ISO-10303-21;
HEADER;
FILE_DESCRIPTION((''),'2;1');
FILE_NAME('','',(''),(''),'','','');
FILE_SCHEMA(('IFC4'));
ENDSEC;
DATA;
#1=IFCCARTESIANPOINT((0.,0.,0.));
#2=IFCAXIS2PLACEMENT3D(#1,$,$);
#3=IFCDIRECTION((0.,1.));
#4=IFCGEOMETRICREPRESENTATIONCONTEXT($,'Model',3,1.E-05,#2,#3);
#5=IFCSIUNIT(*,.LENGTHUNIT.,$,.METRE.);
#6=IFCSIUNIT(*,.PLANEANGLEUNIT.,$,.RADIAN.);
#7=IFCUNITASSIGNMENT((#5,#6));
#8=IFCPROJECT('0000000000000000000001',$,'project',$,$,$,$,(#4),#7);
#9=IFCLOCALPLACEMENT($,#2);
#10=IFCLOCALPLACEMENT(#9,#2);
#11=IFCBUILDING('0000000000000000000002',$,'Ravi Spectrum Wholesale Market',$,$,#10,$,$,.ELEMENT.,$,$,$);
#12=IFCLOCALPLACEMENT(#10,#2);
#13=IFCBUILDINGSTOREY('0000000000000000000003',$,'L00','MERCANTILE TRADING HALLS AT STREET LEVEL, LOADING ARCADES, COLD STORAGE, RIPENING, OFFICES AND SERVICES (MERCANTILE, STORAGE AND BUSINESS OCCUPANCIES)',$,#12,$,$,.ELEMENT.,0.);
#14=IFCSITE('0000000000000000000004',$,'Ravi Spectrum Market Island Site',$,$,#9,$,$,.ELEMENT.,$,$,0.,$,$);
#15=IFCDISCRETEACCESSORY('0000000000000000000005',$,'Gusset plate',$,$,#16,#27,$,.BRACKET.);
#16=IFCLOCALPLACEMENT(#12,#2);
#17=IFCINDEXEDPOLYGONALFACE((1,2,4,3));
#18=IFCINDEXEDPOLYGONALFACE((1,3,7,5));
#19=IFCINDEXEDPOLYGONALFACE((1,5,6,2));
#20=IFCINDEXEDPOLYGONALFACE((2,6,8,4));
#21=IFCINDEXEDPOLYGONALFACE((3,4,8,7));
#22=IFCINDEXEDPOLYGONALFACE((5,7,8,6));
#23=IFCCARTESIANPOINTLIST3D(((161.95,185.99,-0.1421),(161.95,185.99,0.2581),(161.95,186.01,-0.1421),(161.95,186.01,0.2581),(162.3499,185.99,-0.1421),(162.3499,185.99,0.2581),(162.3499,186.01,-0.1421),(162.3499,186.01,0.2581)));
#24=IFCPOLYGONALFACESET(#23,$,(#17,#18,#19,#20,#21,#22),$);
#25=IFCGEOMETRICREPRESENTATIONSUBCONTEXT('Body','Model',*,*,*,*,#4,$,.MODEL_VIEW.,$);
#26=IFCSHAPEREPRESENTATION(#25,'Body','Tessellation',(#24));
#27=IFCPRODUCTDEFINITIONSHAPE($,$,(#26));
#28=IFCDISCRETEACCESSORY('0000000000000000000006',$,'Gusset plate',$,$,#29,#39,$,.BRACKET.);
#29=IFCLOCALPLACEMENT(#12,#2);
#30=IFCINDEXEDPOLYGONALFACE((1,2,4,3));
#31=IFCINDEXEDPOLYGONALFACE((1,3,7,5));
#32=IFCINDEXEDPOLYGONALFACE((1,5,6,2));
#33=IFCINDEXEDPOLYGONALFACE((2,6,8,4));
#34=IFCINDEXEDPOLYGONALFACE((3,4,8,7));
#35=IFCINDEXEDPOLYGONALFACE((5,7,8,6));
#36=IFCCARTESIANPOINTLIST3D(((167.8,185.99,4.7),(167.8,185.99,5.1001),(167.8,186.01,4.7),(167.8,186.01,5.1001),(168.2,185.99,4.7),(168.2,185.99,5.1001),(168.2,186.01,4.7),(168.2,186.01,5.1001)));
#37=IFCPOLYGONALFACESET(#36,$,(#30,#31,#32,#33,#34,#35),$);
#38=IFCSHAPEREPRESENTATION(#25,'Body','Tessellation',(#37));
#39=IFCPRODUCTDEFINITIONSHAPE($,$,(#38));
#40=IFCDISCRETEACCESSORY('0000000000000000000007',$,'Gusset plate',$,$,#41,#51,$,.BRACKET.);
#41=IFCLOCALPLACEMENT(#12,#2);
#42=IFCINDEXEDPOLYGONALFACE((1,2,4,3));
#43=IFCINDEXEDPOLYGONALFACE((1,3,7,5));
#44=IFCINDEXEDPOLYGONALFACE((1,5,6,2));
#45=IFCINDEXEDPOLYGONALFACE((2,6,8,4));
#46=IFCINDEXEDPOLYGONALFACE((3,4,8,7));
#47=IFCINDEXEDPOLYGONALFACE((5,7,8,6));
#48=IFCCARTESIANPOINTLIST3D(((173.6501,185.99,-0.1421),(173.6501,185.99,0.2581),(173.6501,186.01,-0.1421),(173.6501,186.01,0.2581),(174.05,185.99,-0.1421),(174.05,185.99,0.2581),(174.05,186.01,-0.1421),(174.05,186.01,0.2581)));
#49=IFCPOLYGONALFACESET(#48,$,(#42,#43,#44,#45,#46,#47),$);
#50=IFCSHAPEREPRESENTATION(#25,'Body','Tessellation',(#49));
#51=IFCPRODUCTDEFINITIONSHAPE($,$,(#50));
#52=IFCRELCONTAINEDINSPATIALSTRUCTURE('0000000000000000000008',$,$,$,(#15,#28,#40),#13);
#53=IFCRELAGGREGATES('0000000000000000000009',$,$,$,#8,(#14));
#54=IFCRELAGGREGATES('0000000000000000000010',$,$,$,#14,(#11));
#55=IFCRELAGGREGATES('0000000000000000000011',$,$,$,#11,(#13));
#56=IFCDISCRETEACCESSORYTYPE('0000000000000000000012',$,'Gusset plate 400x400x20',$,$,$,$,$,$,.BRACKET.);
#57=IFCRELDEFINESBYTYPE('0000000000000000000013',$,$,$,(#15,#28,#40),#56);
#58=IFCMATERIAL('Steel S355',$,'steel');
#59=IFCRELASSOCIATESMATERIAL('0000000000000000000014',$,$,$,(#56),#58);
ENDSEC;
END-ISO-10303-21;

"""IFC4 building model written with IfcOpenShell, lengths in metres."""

from ifc_helpers import new_model, si_unit, direction, frame, origin, origin_2d, place, context, subcontext, project, spatial, rectangle, extrude, material, material_profile, profile_set, type_object, element, save


model = new_model("IFC4")

# Units and contexts
model_context = context("Model", 3, precision=1e-05, world=origin(), true_north=direction((0.0, 1.0)))
body_context = subcontext(model_context, "Body", "Model", "MODEL_VIEW")
ifc_project = project(units=[si_unit("LENGTHUNIT", "METRE"), si_unit("PLANEANGLEUNIT", "RADIAN")], contexts=[model_context])

# Site, building, storey
site_placement = place(None, origin())
site = spatial("IfcSite", under=ifc_project, at=site_placement, Name="Ravi Spectrum Market Island Site", CompositionType="ELEMENT", RefElevation=0.0)
building_placement = place(site_placement, origin())
building = spatial("IfcBuilding", under=site, at=building_placement, Name="Ravi Spectrum Wholesale Market", CompositionType="ELEMENT")
storey_placement = place(building_placement, origin())
storey = spatial("IfcBuildingStorey", under=building, at=storey_placement, Name="L00", Description="MERCANTILE TRADING HALLS AT STREET LEVEL, LOADING ARCADES, COLD STORAGE, RIPENING, OFFICES AND SERVICES (MERCANTILE, STORAGE AND BUSINESS OCCUPANCIES)", CompositionType="ELEMENT", Elevation=0.0)

# Discrete accessories
ifc_material_1 = material(Name="Steel S355", Category="steel")
ifc_material_profile_1 = material_profile(ifc_material_1, rectangle(XDim=0.3999, YDim=0.02, at=origin_2d()))
ifc_profile_set_1 = profile_set([ifc_material_profile_1], Name="Steel S355")
discrete_accessory_type = type_object("IfcDiscreteAccessoryType", Name="Gusset plate 400x400x20", PredefinedType="BRACKET", material=ifc_profile_set_1)
for number, where, z_axis, x_axis, name in (
    (1, (162.1499, 186.0, -0.1421), (0.0, 0.0, 1.0), (1.0, 0.0, 0.0), "Gusset plate"),
    (2, (168.0, 186.0, 4.7), (0.0, 0.0, 1.0), (1.0, 0.0, 0.0), "Gusset plate"),
    (3, (173.8501, 186.0, -0.1421), (0.0, 0.0, 1.0), (-1.0, 0.0, 0.0), "Gusset plate"),
):
    element("IfcDiscreteAccessory", number, at=place(storey_placement, frame(where, z_axis=z_axis, x_axis=x_axis)), inside=storey, type_object=discrete_accessory_type, Name=name, PredefinedType="BRACKET", context=body_context, shape_type="SweptSolid", body=[
        extrude(rectangle(XDim=0.3999, YDim=0.02, at=origin_2d()), origin(), (0.0, 0.0, 1.0), 0.4001),
    ])

save(model, "model.ifc")
